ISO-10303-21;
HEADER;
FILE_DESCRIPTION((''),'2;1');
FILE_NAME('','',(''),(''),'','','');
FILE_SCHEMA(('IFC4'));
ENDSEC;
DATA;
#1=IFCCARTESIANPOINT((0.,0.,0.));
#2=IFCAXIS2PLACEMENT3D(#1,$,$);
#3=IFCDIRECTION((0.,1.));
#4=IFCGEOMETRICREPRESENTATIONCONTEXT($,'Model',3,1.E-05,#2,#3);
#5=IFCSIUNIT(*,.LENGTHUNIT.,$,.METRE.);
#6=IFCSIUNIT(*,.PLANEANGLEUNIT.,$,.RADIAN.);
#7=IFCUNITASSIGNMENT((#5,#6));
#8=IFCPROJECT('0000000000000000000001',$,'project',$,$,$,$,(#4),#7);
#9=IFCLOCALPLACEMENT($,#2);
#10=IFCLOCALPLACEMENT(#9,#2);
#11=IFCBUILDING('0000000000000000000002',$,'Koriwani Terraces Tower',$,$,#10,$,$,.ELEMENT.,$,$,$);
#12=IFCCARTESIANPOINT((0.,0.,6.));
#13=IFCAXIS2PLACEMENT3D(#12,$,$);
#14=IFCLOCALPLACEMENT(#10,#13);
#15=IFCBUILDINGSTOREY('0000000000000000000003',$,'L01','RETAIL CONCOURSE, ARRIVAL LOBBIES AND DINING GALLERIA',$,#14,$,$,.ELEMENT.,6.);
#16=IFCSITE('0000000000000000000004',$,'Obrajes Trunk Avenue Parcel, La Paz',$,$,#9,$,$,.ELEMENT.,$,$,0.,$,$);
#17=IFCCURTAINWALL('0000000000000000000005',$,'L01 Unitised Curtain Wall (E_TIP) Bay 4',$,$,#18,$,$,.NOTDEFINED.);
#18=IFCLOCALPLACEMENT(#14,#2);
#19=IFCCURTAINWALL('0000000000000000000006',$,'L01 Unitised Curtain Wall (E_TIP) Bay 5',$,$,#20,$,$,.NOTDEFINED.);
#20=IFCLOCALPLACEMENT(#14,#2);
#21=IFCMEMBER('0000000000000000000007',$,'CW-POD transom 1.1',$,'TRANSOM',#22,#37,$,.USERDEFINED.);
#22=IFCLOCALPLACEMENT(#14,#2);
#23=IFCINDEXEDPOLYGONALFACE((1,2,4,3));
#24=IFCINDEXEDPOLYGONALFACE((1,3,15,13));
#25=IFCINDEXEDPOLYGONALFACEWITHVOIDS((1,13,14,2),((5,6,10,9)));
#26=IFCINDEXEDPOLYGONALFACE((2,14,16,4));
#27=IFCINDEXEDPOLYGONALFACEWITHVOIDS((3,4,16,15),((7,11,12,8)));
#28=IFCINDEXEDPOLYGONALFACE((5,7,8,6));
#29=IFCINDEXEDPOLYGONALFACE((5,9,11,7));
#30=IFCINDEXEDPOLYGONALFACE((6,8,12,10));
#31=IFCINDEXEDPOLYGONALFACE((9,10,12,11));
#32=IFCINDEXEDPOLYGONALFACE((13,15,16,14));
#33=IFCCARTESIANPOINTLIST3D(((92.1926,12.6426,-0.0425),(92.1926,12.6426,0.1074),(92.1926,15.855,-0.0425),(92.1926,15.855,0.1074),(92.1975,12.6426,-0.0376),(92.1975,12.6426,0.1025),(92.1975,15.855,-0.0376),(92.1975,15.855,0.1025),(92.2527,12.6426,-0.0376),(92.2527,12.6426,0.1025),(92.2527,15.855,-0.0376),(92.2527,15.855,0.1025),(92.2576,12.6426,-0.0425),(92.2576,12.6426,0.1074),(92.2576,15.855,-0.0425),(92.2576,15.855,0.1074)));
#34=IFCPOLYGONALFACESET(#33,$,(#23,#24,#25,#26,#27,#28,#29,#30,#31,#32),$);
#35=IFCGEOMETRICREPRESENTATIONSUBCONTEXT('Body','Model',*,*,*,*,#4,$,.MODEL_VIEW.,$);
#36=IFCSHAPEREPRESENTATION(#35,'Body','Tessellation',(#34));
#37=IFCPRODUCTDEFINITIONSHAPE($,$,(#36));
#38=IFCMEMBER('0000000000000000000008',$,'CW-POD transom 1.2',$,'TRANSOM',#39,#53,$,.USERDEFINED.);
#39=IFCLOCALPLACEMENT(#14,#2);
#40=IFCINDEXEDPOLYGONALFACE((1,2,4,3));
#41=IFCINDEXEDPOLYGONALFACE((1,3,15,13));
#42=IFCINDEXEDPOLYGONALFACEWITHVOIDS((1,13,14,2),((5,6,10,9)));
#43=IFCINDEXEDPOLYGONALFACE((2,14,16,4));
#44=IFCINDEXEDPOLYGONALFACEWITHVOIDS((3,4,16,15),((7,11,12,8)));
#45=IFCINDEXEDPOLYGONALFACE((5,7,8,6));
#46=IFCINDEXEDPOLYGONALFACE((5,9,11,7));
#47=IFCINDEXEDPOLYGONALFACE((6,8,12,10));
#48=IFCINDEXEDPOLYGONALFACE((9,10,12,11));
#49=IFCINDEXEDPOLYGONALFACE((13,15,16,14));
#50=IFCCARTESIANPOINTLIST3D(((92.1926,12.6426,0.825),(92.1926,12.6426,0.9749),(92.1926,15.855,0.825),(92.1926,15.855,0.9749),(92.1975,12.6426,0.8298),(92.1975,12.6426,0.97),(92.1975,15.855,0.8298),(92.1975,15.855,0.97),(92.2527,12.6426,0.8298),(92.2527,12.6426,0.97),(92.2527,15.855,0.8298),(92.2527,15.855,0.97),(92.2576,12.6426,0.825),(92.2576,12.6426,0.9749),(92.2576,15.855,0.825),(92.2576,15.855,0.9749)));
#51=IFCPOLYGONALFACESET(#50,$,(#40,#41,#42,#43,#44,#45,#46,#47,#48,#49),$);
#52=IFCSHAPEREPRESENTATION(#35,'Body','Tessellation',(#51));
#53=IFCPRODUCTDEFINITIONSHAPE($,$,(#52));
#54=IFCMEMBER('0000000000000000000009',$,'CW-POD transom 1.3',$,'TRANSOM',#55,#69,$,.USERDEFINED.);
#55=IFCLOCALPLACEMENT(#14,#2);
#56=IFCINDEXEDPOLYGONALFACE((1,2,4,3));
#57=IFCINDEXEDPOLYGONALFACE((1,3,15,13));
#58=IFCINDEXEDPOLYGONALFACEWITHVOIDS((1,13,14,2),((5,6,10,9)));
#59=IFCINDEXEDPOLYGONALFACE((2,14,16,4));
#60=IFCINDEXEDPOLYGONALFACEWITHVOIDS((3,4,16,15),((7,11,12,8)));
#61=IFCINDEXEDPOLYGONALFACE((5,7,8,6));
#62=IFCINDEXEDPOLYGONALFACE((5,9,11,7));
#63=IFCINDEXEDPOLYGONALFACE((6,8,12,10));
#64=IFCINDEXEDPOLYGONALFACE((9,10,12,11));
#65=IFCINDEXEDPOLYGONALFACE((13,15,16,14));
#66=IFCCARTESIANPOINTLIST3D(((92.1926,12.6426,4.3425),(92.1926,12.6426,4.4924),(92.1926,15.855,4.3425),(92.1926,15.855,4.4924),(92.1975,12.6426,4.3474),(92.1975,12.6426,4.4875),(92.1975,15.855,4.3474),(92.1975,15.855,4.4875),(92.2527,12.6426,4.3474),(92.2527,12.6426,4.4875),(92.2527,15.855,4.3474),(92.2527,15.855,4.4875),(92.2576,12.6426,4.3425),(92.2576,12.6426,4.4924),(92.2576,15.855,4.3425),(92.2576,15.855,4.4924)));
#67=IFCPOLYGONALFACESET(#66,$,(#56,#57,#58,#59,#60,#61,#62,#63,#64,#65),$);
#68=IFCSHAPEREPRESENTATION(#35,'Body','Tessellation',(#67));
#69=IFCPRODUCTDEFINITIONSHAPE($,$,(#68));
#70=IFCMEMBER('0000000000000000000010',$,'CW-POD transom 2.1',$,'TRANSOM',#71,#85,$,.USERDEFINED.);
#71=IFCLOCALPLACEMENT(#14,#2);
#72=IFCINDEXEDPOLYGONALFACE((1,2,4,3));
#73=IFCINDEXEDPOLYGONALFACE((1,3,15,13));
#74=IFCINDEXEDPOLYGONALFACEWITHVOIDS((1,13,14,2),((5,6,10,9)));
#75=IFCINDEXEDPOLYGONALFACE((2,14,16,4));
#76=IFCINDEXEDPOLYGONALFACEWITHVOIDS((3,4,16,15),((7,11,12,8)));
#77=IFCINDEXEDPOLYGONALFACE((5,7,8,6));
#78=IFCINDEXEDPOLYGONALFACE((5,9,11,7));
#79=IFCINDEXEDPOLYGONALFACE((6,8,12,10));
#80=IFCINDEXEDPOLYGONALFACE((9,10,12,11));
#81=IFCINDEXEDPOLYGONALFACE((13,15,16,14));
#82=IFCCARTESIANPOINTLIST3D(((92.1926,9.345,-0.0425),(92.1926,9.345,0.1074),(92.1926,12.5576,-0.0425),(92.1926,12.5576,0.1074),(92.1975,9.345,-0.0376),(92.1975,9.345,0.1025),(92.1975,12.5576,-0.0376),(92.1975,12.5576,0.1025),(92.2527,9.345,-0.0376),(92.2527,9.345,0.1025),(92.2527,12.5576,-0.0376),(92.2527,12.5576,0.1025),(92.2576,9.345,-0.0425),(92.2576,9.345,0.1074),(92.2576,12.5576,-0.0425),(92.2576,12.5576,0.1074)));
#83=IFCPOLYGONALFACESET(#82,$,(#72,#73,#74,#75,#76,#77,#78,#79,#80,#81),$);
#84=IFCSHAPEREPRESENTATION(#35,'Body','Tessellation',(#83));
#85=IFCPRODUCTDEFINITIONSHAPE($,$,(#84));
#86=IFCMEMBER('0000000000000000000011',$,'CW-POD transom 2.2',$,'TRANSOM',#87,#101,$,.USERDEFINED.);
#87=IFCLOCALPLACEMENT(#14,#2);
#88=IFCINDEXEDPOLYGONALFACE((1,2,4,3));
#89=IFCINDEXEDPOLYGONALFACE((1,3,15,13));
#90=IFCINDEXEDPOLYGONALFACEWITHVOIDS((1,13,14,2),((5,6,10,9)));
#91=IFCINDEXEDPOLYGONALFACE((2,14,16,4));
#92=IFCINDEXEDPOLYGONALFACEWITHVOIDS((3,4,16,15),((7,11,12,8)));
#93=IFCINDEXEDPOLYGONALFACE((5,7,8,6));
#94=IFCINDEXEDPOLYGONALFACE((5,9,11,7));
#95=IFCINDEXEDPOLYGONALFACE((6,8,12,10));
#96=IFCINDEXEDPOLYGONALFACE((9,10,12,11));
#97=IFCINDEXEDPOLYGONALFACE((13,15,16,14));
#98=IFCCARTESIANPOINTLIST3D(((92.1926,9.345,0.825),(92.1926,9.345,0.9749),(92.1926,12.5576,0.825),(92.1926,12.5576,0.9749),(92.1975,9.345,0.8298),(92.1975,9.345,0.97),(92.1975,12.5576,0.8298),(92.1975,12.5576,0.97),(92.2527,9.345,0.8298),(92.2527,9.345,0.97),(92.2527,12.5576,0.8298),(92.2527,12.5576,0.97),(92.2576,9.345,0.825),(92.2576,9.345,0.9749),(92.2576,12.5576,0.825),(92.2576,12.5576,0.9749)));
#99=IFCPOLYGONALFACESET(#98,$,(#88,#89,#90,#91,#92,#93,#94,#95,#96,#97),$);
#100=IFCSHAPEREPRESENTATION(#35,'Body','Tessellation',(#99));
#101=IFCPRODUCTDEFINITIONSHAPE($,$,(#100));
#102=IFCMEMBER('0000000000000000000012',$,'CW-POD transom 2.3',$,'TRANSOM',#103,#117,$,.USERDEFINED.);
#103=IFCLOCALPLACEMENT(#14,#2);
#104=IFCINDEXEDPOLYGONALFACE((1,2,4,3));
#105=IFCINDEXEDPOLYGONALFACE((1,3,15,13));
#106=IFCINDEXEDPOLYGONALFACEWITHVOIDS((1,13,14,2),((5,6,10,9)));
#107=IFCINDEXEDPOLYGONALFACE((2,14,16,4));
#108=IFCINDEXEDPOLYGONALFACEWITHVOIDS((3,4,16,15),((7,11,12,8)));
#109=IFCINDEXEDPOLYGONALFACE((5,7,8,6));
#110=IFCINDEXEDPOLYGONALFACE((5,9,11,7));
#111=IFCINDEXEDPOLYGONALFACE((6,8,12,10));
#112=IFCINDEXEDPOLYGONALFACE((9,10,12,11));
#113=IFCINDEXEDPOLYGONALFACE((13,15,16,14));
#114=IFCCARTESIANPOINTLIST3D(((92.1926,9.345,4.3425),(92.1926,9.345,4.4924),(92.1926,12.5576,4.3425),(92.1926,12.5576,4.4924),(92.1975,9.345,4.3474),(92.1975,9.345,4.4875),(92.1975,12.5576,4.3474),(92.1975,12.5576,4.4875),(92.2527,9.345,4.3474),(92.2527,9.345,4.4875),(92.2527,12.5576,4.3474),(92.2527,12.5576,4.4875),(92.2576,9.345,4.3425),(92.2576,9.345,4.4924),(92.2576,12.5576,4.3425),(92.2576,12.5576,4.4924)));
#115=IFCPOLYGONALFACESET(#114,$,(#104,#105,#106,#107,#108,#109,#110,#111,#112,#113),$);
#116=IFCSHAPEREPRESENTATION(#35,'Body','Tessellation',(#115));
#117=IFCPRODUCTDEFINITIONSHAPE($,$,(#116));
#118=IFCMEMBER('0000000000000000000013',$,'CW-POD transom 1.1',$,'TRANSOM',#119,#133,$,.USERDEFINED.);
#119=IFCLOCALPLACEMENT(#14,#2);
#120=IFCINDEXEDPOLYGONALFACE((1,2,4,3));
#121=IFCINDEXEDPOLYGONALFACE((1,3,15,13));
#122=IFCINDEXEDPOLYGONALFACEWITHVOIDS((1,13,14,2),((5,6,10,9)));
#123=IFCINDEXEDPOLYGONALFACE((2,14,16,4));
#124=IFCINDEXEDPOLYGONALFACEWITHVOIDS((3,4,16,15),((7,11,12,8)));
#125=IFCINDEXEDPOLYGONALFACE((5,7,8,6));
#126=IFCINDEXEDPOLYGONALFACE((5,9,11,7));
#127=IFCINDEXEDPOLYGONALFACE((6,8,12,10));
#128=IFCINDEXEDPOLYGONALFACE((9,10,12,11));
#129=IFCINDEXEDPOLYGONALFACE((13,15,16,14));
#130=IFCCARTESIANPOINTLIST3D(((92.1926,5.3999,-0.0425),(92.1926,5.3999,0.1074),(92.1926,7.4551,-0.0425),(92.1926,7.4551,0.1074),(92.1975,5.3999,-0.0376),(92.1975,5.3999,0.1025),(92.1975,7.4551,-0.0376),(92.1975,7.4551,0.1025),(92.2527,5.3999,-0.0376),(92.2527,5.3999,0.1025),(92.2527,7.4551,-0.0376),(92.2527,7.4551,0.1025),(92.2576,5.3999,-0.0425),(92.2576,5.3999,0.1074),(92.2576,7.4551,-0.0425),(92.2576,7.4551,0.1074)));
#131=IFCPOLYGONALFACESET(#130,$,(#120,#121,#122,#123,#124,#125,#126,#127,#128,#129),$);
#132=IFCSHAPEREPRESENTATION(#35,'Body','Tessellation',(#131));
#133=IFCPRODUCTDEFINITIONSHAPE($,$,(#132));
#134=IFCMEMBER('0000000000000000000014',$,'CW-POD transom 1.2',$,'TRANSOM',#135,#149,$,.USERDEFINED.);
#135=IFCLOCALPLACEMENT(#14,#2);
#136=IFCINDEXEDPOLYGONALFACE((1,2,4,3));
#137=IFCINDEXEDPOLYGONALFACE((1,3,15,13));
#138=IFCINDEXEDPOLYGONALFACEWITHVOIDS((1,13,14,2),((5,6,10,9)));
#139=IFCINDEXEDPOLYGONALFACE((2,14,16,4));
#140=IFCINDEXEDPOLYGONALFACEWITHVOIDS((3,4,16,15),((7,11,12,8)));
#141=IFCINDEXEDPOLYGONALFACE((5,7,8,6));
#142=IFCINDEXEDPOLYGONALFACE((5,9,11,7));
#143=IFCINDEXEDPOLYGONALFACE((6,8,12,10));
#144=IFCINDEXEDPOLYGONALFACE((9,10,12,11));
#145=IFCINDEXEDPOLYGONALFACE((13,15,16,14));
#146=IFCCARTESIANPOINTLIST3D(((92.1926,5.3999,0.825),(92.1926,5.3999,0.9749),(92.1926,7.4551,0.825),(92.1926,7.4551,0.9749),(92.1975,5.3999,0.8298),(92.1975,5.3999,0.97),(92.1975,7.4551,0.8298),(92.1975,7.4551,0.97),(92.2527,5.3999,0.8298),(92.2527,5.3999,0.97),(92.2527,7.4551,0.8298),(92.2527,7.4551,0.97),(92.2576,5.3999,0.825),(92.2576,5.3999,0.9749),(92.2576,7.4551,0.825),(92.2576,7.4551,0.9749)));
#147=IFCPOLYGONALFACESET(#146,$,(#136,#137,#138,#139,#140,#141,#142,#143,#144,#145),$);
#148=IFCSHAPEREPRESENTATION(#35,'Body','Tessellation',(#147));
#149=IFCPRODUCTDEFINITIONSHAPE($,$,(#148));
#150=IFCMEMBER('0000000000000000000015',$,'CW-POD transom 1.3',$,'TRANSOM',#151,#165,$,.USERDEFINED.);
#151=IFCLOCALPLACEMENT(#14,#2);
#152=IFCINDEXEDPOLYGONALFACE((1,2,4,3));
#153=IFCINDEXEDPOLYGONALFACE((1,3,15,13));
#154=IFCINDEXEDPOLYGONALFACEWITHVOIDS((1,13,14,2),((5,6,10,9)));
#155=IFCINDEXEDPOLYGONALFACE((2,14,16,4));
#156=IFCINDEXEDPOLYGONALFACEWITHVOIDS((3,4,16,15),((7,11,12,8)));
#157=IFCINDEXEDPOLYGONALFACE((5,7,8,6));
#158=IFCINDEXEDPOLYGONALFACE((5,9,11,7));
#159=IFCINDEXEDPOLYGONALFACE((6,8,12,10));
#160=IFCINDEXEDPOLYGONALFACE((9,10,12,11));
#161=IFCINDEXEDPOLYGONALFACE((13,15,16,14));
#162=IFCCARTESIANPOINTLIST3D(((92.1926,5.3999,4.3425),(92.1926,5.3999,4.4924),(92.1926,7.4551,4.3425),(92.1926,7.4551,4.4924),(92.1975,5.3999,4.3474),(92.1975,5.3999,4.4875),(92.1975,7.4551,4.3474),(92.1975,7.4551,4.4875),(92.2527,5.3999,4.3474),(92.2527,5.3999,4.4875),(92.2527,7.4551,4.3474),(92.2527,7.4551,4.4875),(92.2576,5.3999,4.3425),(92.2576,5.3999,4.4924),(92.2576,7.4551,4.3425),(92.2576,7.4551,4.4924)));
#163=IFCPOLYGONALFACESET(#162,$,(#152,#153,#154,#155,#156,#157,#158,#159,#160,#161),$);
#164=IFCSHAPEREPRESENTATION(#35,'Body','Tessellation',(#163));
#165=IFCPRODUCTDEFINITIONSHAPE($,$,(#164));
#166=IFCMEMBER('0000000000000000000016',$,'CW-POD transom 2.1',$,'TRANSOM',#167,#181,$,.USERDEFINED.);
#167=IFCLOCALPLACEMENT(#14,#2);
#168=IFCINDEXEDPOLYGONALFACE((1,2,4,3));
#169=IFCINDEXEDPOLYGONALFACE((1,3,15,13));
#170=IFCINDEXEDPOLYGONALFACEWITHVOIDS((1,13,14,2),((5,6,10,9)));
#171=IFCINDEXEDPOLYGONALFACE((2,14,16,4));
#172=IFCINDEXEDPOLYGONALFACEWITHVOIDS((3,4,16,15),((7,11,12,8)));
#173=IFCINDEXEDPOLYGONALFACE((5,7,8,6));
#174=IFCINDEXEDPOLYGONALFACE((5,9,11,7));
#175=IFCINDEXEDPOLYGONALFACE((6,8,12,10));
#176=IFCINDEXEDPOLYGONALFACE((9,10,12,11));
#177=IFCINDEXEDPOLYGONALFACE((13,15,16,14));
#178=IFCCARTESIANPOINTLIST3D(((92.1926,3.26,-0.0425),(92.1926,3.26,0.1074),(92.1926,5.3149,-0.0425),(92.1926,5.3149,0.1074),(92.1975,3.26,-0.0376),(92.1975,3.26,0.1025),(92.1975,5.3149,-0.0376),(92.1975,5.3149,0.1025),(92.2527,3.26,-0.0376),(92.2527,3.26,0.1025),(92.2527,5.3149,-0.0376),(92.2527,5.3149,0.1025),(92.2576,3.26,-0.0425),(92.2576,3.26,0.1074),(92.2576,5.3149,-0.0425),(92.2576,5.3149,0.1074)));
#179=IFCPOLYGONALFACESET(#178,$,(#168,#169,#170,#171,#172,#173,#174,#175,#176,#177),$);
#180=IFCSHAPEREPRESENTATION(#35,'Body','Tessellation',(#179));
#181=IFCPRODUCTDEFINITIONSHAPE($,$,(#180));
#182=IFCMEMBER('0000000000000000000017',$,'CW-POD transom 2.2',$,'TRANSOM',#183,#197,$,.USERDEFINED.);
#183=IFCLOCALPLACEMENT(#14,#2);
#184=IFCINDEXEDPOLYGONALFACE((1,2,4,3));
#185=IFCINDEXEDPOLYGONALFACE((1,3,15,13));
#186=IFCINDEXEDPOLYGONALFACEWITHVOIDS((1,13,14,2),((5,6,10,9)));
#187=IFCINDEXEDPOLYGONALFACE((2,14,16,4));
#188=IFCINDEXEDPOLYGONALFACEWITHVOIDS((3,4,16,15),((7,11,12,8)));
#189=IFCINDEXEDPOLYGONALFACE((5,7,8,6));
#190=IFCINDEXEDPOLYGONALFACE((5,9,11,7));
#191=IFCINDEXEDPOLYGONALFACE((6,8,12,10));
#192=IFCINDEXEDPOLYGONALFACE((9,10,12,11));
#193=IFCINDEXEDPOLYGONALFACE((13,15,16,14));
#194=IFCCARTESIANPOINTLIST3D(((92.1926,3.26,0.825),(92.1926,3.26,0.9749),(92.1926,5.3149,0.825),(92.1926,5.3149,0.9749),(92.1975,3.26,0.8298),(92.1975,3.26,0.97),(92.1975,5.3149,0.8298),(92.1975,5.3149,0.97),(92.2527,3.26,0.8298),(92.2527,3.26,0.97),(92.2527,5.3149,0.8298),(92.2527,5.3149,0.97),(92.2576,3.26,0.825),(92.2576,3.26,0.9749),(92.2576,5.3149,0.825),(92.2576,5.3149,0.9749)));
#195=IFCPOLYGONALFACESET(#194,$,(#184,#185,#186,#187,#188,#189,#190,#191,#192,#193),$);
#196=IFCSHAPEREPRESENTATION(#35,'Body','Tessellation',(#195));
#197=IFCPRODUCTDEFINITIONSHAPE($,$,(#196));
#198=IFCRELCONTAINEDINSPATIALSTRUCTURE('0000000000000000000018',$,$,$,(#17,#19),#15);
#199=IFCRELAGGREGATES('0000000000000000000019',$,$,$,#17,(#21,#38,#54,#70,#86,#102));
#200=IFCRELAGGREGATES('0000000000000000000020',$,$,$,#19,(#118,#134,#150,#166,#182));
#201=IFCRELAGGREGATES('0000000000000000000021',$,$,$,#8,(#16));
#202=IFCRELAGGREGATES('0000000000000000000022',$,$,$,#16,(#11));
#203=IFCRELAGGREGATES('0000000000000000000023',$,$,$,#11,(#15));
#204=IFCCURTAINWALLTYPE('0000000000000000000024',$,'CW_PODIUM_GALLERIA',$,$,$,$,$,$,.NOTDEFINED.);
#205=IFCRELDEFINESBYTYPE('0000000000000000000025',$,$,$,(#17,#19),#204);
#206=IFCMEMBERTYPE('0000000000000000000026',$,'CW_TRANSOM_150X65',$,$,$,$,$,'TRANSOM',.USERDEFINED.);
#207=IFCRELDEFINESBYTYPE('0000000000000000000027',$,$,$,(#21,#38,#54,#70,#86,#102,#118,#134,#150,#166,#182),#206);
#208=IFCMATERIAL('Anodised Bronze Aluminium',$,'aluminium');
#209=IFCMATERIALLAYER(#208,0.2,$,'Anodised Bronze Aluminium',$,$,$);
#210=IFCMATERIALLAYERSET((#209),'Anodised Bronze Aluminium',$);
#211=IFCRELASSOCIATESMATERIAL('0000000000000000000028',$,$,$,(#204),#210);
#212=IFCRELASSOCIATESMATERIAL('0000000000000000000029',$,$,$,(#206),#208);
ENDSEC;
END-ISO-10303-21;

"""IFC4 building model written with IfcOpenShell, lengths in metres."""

from ifc_helpers import new_model, si_unit, direction, frame, origin, origin_2d, place, context, subcontext, project, spatial, hollow_rectangle, extrude, material, layer, layer_set, material_profile, profile_set, type_object, element, aggregate, save


model = new_model("IFC4")

# Units and contexts
model_context = context("Model", 3, precision=1e-05, world=origin(), true_north=direction((0.0, 1.0)))
body_context = subcontext(model_context, "Body", "Model", "MODEL_VIEW")
ifc_project = project(units=[si_unit("LENGTHUNIT", "METRE"), si_unit("PLANEANGLEUNIT", "RADIAN")], contexts=[model_context])

# Site, building, storey
site_placement = place(None, origin())
site = spatial("IfcSite", under=ifc_project, at=site_placement, Name="Obrajes Trunk Avenue Parcel, La Paz", CompositionType="ELEMENT", RefElevation=0.0)
building_placement = place(site_placement, origin())
building = spatial("IfcBuilding", under=site, at=building_placement, Name="Koriwani Terraces Tower", CompositionType="ELEMENT")
storey_placement = place(building_placement, frame((0.0, 0.0, 6.0)))
storey = spatial("IfcBuildingStorey", under=building, at=storey_placement, Name="L01", Description="RETAIL CONCOURSE, ARRIVAL LOBBIES AND DINING GALLERIA", CompositionType="ELEMENT", Elevation=6.0)

# Shared definitions
ifc_material_1 = material(Name="Anodised Bronze Aluminium", Category="aluminium")
ifc_layer_1 = layer(ifc_material_1, 0.2, Name="Anodised Bronze Aluminium")
ifc_layer_set_1 = layer_set([ifc_layer_1], Name="Anodised Bronze Aluminium")
curtain_wall_type = type_object("IfcCurtainWallType", Name="CW_PODIUM_GALLERIA", PredefinedType="NOTDEFINED", material=ifc_layer_set_1)

# Curtain walls
curtain_wall_1_placement = place(storey_placement, origin())
curtain_wall_1 = element("IfcCurtainWall", 1, at=curtain_wall_1_placement, inside=storey, type_object=curtain_wall_type, Name="L01 Unitised Curtain Wall (E_TIP) Bay 4", PredefinedType="NOTDEFINED")
curtain_wall_2_placement = place(storey_placement, origin())
curtain_wall_2 = element("IfcCurtainWall", 2, at=curtain_wall_2_placement, inside=storey, type_object=curtain_wall_type, Name="L01 Unitised Curtain Wall (E_TIP) Bay 5", PredefinedType="NOTDEFINED")

# Members
ifc_material_profile_1 = material_profile(ifc_material_1, hollow_rectangle(XDim=0.0649, YDim=0.1499, WallThickness=0.0049, at=origin_2d()), Name="Anodised Bronze Aluminium", Category="LoadBearing")
ifc_profile_set_1 = profile_set([ifc_material_profile_1], Name="Anodised Bronze Aluminium")
member_type_1 = type_object("IfcMemberType", Name="CW_TRANSOM_150X65", ElementType="TRANSOM", PredefinedType="USERDEFINED", material=ifc_profile_set_1)
member_1_placement = place(storey_placement, frame((92.2251, 15.855, 0.0325), z_axis=(0.0, -1.0, 0.0), x_axis=(1.0, 0.0, 0.0)))
member_1 = element("IfcMember", 3, at=member_1_placement, type_object=member_type_1, Name="CW-POD transom 1.1", ObjectType="TRANSOM", PredefinedType="USERDEFINED", context=body_context, shape_type="SweptSolid", body=[
    extrude(hollow_rectangle(XDim=0.0649, YDim=0.1499, WallThickness=0.0049, at=origin_2d()), origin(), (0.0, 0.0, 1.0), 3.2124),
])
member_2_placement = place(storey_placement, frame((92.2251, 15.855, 0.8999), z_axis=(0.0, -1.0, 0.0), x_axis=(1.0, 0.0, 0.0)))
member_2 = element("IfcMember", 4, at=member_2_placement, type_object=member_type_1, Name="CW-POD transom 1.2", ObjectType="TRANSOM", PredefinedType="USERDEFINED", context=body_context, shape_type="SweptSolid", body=[
    extrude(hollow_rectangle(XDim=0.0649, YDim=0.1499, WallThickness=0.0049, at=origin_2d()), origin(), (0.0, 0.0, 1.0), 3.2124),
])
member_3_placement = place(storey_placement, frame((92.2251, 15.855, 4.4175), z_axis=(0.0, -1.0, 0.0), x_axis=(1.0, 0.0, 0.0)))
member_3 = element("IfcMember", 5, at=member_3_placement, type_object=member_type_1, Name="CW-POD transom 1.3", ObjectType="TRANSOM", PredefinedType="USERDEFINED", context=body_context, shape_type="SweptSolid", body=[
    extrude(hollow_rectangle(XDim=0.0649, YDim=0.1499, WallThickness=0.0049, at=origin_2d()), origin(), (0.0, 0.0, 1.0), 3.2124),
])
member_4_placement = place(storey_placement, frame((92.2251, 12.5576, 0.0325), z_axis=(0.0, -1.0, 0.0), x_axis=(1.0, 0.0, 0.0)))
member_4 = element("IfcMember", 6, at=member_4_placement, type_object=member_type_1, Name="CW-POD transom 2.1", ObjectType="TRANSOM", PredefinedType="USERDEFINED", context=body_context, shape_type="SweptSolid", body=[
    extrude(hollow_rectangle(XDim=0.0649, YDim=0.1499, WallThickness=0.0049, at=origin_2d()), origin(), (0.0, 0.0, 1.0), 3.2126),
])
member_5_placement = place(storey_placement, frame((92.2251, 12.5576, 0.8999), z_axis=(0.0, -1.0, 0.0), x_axis=(1.0, 0.0, 0.0)))
member_5 = element("IfcMember", 7, at=member_5_placement, type_object=member_type_1, Name="CW-POD transom 2.2", ObjectType="TRANSOM", PredefinedType="USERDEFINED", context=body_context, shape_type="SweptSolid", body=[
    extrude(hollow_rectangle(XDim=0.0649, YDim=0.1499, WallThickness=0.0049, at=origin_2d()), origin(), (0.0, 0.0, 1.0), 3.2126),
])
member_6_placement = place(storey_placement, frame((92.2251, 12.5576, 4.4175), z_axis=(0.0, -1.0, 0.0), x_axis=(1.0, 0.0, 0.0)))
member_6 = element("IfcMember", 8, at=member_6_placement, type_object=member_type_1, Name="CW-POD transom 2.3", ObjectType="TRANSOM", PredefinedType="USERDEFINED", context=body_context, shape_type="SweptSolid", body=[
    extrude(hollow_rectangle(XDim=0.0649, YDim=0.1499, WallThickness=0.0049, at=origin_2d()), origin(), (0.0, 0.0, 1.0), 3.2126),
])
member_7_placement = place(storey_placement, frame((92.2251, 7.4551, 0.0325), z_axis=(0.0, -1.0, 0.0), x_axis=(1.0, 0.0, 0.0)))
member_7 = element("IfcMember", 9, at=member_7_placement, type_object=member_type_1, Name="CW-POD transom 1.1", ObjectType="TRANSOM", PredefinedType="USERDEFINED", context=body_context, shape_type="SweptSolid", body=[
    extrude(hollow_rectangle(XDim=0.0649, YDim=0.1499, WallThickness=0.0049, at=origin_2d()), origin(), (0.0, 0.0, 1.0), 2.0552),
])
member_8_placement = place(storey_placement, frame((92.2251, 7.4551, 0.8999), z_axis=(0.0, -1.0, 0.0), x_axis=(1.0, 0.0, 0.0)))
member_8 = element("IfcMember", 10, at=member_8_placement, type_object=member_type_1, Name="CW-POD transom 1.2", ObjectType="TRANSOM", PredefinedType="USERDEFINED", context=body_context, shape_type="SweptSolid", body=[
    extrude(hollow_rectangle(XDim=0.0649, YDim=0.1499, WallThickness=0.0049, at=origin_2d()), origin(), (0.0, 0.0, 1.0), 2.0552),
])
member_9_placement = place(storey_placement, frame((92.2251, 7.4551, 4.4175), z_axis=(0.0, -1.0, 0.0), x_axis=(1.0, 0.0, 0.0)))
member_9 = element("IfcMember", 11, at=member_9_placement, type_object=member_type_1, Name="CW-POD transom 1.3", ObjectType="TRANSOM", PredefinedType="USERDEFINED", context=body_context, shape_type="SweptSolid", body=[
    extrude(hollow_rectangle(XDim=0.0649, YDim=0.1499, WallThickness=0.0049, at=origin_2d()), origin(), (0.0, 0.0, 1.0), 2.0552),
])
member_10_placement = place(storey_placement, frame((92.2251, 5.3149, 0.0325), z_axis=(0.0, -1.0, 0.0), x_axis=(1.0, 0.0, 0.0)))
member_10 = element("IfcMember", 12, at=member_10_placement, type_object=member_type_1, Name="CW-POD transom 2.1", ObjectType="TRANSOM", PredefinedType="USERDEFINED", context=body_context, shape_type="SweptSolid", body=[
    extrude(hollow_rectangle(XDim=0.0649, YDim=0.1499, WallThickness=0.0049, at=origin_2d()), origin(), (0.0, 0.0, 1.0), 2.0549),
])
member_11_placement = place(storey_placement, frame((92.2251, 5.3149, 0.8999), z_axis=(0.0, -1.0, 0.0), x_axis=(1.0, 0.0, 0.0)))
member_11 = element("IfcMember", 13, at=member_11_placement, type_object=member_type_1, Name="CW-POD transom 2.2", ObjectType="TRANSOM", PredefinedType="USERDEFINED", context=body_context, shape_type="SweptSolid", body=[
    extrude(hollow_rectangle(XDim=0.0649, YDim=0.1499, WallThickness=0.0049, at=origin_2d()), origin(), (0.0, 0.0, 1.0), 2.0549),
])

aggregate(curtain_wall_1, [member_1, member_2, member_3, member_4, member_5, member_6])
aggregate(curtain_wall_2, [member_7, member_8, member_9, member_10, member_11])

save(model, "model.ifc")
